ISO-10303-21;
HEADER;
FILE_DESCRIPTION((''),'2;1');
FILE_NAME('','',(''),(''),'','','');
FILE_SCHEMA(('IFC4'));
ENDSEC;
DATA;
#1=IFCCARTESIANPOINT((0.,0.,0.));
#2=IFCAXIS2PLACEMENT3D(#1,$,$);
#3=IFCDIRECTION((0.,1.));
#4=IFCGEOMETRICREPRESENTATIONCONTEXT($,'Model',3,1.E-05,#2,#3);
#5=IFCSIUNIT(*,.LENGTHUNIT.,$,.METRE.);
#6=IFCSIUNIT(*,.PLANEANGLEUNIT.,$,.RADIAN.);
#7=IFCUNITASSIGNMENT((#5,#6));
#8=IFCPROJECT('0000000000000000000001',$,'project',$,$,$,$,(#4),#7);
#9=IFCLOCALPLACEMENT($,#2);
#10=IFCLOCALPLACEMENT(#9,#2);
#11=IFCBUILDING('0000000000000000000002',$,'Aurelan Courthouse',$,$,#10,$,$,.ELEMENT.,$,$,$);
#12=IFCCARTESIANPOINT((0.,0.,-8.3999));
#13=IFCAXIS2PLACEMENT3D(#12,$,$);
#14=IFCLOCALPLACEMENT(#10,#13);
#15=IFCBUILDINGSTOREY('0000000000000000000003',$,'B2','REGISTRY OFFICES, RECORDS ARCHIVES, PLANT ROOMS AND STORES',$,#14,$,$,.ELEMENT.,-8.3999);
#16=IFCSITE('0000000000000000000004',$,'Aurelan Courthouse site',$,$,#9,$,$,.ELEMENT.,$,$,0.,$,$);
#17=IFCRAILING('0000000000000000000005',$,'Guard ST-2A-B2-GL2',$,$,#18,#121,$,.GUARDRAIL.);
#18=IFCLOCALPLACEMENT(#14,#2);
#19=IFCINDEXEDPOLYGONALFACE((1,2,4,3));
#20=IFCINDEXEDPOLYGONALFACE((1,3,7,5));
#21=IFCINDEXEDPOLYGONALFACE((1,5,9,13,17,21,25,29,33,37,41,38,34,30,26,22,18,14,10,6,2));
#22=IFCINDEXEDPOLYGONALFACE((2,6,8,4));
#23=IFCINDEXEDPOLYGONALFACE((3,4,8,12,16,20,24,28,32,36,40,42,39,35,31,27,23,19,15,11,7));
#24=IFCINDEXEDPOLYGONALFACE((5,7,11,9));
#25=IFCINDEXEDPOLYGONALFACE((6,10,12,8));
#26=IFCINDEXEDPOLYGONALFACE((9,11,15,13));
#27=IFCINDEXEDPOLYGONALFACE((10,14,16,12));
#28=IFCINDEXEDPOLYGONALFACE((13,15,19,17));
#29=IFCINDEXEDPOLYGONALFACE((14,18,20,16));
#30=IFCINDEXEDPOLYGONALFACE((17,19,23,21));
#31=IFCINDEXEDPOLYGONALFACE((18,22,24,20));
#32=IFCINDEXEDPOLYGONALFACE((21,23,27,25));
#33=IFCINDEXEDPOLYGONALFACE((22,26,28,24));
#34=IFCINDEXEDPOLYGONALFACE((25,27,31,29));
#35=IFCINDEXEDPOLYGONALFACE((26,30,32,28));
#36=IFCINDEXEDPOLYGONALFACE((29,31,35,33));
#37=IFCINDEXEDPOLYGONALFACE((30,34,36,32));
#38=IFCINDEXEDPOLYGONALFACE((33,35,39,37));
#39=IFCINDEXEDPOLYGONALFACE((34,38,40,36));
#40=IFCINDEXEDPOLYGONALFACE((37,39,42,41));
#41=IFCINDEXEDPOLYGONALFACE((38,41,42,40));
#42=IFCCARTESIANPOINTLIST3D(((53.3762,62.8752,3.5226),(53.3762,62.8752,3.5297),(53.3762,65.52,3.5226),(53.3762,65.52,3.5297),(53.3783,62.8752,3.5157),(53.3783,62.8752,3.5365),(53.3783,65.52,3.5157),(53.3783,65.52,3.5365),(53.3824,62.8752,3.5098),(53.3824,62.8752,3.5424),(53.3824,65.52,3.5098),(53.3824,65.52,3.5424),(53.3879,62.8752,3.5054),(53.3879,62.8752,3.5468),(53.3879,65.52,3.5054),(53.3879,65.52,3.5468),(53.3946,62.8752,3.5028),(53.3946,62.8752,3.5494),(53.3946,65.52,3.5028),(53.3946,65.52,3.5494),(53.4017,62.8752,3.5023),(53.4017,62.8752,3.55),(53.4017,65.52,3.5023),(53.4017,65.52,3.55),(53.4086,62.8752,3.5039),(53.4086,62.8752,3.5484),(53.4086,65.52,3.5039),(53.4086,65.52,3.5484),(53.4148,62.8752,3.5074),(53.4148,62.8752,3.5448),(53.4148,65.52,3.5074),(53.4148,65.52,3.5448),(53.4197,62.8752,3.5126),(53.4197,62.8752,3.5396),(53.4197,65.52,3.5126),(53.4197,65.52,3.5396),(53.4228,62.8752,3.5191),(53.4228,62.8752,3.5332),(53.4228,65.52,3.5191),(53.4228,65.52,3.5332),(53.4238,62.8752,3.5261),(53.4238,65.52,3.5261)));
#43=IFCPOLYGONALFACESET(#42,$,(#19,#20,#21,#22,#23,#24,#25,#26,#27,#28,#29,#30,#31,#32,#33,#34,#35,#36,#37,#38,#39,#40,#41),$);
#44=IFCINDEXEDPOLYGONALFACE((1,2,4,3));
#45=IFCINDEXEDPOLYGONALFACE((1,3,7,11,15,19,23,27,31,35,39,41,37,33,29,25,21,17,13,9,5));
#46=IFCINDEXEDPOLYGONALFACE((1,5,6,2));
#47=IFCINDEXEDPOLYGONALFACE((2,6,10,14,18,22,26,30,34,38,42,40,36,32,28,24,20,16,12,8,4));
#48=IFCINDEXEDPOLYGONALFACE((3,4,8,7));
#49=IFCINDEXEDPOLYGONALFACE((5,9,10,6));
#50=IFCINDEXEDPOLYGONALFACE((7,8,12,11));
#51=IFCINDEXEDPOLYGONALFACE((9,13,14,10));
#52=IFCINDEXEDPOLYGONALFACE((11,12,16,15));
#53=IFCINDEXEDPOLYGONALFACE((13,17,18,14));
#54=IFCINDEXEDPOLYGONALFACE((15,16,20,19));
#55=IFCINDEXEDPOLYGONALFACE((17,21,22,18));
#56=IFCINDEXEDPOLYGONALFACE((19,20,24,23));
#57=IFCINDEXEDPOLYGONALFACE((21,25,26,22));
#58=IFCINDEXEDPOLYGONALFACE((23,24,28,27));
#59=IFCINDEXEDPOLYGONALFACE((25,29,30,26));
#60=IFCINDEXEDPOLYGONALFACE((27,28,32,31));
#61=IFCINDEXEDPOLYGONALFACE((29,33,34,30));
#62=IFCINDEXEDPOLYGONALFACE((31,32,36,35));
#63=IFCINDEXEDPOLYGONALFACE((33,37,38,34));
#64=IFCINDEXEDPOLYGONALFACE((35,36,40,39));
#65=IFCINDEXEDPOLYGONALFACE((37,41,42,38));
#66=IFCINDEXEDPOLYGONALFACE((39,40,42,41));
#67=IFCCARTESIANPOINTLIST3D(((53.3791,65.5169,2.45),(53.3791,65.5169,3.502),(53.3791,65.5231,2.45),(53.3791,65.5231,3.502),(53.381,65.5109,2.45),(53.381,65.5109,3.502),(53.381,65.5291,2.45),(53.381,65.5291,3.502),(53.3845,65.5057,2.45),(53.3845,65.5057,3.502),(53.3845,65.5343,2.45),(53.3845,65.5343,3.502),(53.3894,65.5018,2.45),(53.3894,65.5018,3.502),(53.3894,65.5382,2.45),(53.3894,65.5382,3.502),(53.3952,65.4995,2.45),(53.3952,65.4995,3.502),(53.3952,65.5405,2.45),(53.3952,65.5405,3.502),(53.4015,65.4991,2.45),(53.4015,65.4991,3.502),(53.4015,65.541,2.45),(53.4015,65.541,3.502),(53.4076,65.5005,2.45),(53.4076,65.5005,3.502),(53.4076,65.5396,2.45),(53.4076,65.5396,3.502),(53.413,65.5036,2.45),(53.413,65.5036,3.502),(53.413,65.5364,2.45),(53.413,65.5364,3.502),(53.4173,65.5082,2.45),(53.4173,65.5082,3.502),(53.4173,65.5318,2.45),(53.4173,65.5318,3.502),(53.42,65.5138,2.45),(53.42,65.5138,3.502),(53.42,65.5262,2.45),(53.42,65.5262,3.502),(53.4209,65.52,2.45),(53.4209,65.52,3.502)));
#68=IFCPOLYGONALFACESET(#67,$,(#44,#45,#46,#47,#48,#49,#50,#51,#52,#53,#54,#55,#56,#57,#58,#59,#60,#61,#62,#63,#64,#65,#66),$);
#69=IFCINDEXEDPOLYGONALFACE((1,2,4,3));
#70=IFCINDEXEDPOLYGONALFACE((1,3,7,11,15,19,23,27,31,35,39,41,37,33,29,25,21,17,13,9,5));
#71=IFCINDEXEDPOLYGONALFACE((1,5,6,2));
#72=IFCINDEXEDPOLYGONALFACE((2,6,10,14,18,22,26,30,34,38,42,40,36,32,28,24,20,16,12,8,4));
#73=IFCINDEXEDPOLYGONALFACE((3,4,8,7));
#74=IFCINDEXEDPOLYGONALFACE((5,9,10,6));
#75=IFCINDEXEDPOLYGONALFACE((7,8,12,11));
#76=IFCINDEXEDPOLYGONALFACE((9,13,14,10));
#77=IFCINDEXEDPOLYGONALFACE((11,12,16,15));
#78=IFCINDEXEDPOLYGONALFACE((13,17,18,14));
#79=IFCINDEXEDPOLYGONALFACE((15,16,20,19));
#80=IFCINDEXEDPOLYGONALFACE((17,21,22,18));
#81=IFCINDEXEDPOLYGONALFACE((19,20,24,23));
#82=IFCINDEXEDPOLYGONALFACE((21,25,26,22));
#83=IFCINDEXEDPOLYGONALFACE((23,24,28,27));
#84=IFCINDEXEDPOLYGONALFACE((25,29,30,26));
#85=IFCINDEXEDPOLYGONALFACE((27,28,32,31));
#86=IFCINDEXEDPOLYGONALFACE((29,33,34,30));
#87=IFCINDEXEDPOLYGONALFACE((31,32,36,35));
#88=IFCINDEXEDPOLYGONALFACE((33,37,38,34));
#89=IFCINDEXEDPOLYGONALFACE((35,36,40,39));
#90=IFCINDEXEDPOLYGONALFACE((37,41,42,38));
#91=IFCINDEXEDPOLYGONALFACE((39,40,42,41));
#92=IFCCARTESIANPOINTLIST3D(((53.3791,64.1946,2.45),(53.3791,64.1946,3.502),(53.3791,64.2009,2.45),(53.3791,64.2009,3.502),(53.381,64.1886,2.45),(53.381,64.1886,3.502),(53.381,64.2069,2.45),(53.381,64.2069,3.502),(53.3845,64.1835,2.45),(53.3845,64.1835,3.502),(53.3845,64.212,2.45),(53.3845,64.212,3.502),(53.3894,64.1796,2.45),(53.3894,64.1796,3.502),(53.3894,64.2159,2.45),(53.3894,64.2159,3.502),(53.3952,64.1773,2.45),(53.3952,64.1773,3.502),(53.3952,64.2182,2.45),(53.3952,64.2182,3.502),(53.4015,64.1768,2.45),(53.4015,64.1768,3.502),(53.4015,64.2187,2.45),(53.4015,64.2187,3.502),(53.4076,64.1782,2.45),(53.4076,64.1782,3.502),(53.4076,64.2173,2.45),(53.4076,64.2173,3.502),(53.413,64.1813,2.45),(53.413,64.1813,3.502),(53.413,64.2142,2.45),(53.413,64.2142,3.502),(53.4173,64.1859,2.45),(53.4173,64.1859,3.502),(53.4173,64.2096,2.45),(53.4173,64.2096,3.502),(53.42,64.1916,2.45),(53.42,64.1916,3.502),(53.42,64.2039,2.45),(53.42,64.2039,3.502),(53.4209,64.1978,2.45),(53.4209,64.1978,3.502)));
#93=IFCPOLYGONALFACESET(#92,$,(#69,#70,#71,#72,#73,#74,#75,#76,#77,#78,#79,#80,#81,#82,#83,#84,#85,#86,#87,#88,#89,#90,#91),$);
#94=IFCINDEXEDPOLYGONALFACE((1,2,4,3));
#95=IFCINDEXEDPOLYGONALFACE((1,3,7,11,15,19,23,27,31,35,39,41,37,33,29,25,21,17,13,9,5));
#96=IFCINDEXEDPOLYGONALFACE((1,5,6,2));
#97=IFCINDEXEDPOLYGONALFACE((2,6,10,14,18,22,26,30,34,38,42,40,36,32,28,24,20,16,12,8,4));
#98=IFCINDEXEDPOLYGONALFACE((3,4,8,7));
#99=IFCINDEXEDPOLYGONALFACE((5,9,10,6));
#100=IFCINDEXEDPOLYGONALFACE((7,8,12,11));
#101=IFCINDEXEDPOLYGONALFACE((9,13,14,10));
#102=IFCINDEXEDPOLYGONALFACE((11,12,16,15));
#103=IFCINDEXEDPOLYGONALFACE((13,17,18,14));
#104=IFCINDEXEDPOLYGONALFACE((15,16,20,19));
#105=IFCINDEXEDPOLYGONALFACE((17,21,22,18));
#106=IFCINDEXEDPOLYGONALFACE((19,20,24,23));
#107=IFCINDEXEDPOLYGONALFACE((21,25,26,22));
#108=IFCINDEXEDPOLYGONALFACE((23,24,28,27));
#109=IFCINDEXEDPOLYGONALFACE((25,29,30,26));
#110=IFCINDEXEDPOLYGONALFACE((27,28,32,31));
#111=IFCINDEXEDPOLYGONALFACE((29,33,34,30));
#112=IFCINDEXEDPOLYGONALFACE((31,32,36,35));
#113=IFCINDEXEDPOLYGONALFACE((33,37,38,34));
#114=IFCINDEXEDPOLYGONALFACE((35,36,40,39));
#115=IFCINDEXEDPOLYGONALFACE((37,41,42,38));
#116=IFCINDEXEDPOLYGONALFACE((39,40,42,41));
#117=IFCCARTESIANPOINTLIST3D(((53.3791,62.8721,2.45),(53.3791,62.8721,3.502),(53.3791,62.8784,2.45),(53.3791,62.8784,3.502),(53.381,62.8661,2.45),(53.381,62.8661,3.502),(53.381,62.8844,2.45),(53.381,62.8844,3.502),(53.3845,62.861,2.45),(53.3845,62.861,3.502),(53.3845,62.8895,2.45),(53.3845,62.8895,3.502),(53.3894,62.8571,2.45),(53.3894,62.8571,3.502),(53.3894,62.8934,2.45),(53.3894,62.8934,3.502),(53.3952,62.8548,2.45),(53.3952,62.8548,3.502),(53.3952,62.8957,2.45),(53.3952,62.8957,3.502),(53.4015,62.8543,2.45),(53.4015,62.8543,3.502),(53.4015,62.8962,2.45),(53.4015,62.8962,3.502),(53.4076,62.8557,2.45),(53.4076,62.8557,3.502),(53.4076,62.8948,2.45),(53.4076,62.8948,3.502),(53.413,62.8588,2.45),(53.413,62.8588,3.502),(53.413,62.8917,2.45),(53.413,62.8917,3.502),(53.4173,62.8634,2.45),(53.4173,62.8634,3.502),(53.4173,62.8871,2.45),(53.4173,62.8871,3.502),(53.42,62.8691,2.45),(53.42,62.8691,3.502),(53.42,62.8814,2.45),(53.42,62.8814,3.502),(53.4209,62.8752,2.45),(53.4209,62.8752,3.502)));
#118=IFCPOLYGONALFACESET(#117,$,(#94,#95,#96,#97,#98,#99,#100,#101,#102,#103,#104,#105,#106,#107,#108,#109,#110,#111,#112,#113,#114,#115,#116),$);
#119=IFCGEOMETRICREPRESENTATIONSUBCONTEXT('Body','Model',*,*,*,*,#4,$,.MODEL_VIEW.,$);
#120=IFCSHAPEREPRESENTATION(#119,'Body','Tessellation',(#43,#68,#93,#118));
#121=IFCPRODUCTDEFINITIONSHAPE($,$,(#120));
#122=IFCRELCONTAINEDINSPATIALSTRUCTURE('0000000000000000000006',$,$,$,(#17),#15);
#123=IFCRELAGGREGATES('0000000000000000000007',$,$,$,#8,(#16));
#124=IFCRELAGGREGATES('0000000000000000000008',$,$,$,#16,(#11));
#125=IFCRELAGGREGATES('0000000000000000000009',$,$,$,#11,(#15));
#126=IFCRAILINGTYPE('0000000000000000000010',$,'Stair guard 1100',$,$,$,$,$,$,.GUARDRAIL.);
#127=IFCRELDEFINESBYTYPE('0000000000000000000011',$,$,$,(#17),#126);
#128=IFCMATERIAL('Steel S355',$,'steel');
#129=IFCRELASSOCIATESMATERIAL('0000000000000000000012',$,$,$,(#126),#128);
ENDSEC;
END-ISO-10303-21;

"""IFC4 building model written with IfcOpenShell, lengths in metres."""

from ifc_helpers import new_model, si_unit, direction, frame, origin, origin_2d, place, context, subcontext, project, spatial, circle, extrude, material, type_object, element, save


model = new_model("IFC4")

# Units and contexts
model_context = context("Model", 3, precision=1e-05, world=origin(), true_north=direction((0.0, 1.0)))
body_context = subcontext(model_context, "Body", "Model", "MODEL_VIEW")
ifc_project = project(units=[si_unit("LENGTHUNIT", "METRE"), si_unit("PLANEANGLEUNIT", "RADIAN")], contexts=[model_context])

# Site, building, storey
site_placement = place(None, origin())
site = spatial("IfcSite", under=ifc_project, at=site_placement, Name="Aurelan Courthouse site", CompositionType="ELEMENT", RefElevation=0.0)
building_placement = place(site_placement, origin())
building = spatial("IfcBuilding", under=site, at=building_placement, Name="Aurelan Courthouse", CompositionType="ELEMENT")
storey_placement = place(building_placement, frame((0.0, 0.0, -8.3999)))
storey = spatial("IfcBuildingStorey", under=building, at=storey_placement, Name="B2", Description="REGISTRY OFFICES, RECORDS ARCHIVES, PLANT ROOMS AND STORES", CompositionType="ELEMENT", Elevation=-8.3999)

# Railing
ifc_material_1 = material(Name="Steel S355", Category="steel")
railing_type_1 = type_object("IfcRailingType", Name="Stair guard 1100", PredefinedType="GUARDRAIL", material=ifc_material_1)
railing_1_placement = place(storey_placement, frame((53.3999, 65.52, 2.45)))
element("IfcRailing", 1, at=railing_1_placement, inside=storey, type_object=railing_type_1, Name="Guard ST-2A-B2-GL2", PredefinedType="GUARDRAIL", context=body_context, shape_type="SweptSolid", body=[
    extrude(circle(Radius=0.0239, at=origin_2d()), frame((0.0, 0.0, 1.0762), z_axis=(0.0, -1.0, 0.0), x_axis=(1.0, 0.0, 0.0)), (0.0, 0.0, 1.0), 2.6448),
    extrude(circle(Radius=0.021, at=origin_2d()), origin(), (0.0, 0.0, 1.0), 1.052),
    extrude(circle(Radius=0.021, at=origin_2d()), frame((0.0, -1.3223, 0.0)), (0.0, 0.0, 1.0), 1.052),
    extrude(circle(Radius=0.021, at=origin_2d()), frame((0.0, -2.6448, 0.0)), (0.0, 0.0, 1.0), 1.052),
])

save(model, "model.ifc")
